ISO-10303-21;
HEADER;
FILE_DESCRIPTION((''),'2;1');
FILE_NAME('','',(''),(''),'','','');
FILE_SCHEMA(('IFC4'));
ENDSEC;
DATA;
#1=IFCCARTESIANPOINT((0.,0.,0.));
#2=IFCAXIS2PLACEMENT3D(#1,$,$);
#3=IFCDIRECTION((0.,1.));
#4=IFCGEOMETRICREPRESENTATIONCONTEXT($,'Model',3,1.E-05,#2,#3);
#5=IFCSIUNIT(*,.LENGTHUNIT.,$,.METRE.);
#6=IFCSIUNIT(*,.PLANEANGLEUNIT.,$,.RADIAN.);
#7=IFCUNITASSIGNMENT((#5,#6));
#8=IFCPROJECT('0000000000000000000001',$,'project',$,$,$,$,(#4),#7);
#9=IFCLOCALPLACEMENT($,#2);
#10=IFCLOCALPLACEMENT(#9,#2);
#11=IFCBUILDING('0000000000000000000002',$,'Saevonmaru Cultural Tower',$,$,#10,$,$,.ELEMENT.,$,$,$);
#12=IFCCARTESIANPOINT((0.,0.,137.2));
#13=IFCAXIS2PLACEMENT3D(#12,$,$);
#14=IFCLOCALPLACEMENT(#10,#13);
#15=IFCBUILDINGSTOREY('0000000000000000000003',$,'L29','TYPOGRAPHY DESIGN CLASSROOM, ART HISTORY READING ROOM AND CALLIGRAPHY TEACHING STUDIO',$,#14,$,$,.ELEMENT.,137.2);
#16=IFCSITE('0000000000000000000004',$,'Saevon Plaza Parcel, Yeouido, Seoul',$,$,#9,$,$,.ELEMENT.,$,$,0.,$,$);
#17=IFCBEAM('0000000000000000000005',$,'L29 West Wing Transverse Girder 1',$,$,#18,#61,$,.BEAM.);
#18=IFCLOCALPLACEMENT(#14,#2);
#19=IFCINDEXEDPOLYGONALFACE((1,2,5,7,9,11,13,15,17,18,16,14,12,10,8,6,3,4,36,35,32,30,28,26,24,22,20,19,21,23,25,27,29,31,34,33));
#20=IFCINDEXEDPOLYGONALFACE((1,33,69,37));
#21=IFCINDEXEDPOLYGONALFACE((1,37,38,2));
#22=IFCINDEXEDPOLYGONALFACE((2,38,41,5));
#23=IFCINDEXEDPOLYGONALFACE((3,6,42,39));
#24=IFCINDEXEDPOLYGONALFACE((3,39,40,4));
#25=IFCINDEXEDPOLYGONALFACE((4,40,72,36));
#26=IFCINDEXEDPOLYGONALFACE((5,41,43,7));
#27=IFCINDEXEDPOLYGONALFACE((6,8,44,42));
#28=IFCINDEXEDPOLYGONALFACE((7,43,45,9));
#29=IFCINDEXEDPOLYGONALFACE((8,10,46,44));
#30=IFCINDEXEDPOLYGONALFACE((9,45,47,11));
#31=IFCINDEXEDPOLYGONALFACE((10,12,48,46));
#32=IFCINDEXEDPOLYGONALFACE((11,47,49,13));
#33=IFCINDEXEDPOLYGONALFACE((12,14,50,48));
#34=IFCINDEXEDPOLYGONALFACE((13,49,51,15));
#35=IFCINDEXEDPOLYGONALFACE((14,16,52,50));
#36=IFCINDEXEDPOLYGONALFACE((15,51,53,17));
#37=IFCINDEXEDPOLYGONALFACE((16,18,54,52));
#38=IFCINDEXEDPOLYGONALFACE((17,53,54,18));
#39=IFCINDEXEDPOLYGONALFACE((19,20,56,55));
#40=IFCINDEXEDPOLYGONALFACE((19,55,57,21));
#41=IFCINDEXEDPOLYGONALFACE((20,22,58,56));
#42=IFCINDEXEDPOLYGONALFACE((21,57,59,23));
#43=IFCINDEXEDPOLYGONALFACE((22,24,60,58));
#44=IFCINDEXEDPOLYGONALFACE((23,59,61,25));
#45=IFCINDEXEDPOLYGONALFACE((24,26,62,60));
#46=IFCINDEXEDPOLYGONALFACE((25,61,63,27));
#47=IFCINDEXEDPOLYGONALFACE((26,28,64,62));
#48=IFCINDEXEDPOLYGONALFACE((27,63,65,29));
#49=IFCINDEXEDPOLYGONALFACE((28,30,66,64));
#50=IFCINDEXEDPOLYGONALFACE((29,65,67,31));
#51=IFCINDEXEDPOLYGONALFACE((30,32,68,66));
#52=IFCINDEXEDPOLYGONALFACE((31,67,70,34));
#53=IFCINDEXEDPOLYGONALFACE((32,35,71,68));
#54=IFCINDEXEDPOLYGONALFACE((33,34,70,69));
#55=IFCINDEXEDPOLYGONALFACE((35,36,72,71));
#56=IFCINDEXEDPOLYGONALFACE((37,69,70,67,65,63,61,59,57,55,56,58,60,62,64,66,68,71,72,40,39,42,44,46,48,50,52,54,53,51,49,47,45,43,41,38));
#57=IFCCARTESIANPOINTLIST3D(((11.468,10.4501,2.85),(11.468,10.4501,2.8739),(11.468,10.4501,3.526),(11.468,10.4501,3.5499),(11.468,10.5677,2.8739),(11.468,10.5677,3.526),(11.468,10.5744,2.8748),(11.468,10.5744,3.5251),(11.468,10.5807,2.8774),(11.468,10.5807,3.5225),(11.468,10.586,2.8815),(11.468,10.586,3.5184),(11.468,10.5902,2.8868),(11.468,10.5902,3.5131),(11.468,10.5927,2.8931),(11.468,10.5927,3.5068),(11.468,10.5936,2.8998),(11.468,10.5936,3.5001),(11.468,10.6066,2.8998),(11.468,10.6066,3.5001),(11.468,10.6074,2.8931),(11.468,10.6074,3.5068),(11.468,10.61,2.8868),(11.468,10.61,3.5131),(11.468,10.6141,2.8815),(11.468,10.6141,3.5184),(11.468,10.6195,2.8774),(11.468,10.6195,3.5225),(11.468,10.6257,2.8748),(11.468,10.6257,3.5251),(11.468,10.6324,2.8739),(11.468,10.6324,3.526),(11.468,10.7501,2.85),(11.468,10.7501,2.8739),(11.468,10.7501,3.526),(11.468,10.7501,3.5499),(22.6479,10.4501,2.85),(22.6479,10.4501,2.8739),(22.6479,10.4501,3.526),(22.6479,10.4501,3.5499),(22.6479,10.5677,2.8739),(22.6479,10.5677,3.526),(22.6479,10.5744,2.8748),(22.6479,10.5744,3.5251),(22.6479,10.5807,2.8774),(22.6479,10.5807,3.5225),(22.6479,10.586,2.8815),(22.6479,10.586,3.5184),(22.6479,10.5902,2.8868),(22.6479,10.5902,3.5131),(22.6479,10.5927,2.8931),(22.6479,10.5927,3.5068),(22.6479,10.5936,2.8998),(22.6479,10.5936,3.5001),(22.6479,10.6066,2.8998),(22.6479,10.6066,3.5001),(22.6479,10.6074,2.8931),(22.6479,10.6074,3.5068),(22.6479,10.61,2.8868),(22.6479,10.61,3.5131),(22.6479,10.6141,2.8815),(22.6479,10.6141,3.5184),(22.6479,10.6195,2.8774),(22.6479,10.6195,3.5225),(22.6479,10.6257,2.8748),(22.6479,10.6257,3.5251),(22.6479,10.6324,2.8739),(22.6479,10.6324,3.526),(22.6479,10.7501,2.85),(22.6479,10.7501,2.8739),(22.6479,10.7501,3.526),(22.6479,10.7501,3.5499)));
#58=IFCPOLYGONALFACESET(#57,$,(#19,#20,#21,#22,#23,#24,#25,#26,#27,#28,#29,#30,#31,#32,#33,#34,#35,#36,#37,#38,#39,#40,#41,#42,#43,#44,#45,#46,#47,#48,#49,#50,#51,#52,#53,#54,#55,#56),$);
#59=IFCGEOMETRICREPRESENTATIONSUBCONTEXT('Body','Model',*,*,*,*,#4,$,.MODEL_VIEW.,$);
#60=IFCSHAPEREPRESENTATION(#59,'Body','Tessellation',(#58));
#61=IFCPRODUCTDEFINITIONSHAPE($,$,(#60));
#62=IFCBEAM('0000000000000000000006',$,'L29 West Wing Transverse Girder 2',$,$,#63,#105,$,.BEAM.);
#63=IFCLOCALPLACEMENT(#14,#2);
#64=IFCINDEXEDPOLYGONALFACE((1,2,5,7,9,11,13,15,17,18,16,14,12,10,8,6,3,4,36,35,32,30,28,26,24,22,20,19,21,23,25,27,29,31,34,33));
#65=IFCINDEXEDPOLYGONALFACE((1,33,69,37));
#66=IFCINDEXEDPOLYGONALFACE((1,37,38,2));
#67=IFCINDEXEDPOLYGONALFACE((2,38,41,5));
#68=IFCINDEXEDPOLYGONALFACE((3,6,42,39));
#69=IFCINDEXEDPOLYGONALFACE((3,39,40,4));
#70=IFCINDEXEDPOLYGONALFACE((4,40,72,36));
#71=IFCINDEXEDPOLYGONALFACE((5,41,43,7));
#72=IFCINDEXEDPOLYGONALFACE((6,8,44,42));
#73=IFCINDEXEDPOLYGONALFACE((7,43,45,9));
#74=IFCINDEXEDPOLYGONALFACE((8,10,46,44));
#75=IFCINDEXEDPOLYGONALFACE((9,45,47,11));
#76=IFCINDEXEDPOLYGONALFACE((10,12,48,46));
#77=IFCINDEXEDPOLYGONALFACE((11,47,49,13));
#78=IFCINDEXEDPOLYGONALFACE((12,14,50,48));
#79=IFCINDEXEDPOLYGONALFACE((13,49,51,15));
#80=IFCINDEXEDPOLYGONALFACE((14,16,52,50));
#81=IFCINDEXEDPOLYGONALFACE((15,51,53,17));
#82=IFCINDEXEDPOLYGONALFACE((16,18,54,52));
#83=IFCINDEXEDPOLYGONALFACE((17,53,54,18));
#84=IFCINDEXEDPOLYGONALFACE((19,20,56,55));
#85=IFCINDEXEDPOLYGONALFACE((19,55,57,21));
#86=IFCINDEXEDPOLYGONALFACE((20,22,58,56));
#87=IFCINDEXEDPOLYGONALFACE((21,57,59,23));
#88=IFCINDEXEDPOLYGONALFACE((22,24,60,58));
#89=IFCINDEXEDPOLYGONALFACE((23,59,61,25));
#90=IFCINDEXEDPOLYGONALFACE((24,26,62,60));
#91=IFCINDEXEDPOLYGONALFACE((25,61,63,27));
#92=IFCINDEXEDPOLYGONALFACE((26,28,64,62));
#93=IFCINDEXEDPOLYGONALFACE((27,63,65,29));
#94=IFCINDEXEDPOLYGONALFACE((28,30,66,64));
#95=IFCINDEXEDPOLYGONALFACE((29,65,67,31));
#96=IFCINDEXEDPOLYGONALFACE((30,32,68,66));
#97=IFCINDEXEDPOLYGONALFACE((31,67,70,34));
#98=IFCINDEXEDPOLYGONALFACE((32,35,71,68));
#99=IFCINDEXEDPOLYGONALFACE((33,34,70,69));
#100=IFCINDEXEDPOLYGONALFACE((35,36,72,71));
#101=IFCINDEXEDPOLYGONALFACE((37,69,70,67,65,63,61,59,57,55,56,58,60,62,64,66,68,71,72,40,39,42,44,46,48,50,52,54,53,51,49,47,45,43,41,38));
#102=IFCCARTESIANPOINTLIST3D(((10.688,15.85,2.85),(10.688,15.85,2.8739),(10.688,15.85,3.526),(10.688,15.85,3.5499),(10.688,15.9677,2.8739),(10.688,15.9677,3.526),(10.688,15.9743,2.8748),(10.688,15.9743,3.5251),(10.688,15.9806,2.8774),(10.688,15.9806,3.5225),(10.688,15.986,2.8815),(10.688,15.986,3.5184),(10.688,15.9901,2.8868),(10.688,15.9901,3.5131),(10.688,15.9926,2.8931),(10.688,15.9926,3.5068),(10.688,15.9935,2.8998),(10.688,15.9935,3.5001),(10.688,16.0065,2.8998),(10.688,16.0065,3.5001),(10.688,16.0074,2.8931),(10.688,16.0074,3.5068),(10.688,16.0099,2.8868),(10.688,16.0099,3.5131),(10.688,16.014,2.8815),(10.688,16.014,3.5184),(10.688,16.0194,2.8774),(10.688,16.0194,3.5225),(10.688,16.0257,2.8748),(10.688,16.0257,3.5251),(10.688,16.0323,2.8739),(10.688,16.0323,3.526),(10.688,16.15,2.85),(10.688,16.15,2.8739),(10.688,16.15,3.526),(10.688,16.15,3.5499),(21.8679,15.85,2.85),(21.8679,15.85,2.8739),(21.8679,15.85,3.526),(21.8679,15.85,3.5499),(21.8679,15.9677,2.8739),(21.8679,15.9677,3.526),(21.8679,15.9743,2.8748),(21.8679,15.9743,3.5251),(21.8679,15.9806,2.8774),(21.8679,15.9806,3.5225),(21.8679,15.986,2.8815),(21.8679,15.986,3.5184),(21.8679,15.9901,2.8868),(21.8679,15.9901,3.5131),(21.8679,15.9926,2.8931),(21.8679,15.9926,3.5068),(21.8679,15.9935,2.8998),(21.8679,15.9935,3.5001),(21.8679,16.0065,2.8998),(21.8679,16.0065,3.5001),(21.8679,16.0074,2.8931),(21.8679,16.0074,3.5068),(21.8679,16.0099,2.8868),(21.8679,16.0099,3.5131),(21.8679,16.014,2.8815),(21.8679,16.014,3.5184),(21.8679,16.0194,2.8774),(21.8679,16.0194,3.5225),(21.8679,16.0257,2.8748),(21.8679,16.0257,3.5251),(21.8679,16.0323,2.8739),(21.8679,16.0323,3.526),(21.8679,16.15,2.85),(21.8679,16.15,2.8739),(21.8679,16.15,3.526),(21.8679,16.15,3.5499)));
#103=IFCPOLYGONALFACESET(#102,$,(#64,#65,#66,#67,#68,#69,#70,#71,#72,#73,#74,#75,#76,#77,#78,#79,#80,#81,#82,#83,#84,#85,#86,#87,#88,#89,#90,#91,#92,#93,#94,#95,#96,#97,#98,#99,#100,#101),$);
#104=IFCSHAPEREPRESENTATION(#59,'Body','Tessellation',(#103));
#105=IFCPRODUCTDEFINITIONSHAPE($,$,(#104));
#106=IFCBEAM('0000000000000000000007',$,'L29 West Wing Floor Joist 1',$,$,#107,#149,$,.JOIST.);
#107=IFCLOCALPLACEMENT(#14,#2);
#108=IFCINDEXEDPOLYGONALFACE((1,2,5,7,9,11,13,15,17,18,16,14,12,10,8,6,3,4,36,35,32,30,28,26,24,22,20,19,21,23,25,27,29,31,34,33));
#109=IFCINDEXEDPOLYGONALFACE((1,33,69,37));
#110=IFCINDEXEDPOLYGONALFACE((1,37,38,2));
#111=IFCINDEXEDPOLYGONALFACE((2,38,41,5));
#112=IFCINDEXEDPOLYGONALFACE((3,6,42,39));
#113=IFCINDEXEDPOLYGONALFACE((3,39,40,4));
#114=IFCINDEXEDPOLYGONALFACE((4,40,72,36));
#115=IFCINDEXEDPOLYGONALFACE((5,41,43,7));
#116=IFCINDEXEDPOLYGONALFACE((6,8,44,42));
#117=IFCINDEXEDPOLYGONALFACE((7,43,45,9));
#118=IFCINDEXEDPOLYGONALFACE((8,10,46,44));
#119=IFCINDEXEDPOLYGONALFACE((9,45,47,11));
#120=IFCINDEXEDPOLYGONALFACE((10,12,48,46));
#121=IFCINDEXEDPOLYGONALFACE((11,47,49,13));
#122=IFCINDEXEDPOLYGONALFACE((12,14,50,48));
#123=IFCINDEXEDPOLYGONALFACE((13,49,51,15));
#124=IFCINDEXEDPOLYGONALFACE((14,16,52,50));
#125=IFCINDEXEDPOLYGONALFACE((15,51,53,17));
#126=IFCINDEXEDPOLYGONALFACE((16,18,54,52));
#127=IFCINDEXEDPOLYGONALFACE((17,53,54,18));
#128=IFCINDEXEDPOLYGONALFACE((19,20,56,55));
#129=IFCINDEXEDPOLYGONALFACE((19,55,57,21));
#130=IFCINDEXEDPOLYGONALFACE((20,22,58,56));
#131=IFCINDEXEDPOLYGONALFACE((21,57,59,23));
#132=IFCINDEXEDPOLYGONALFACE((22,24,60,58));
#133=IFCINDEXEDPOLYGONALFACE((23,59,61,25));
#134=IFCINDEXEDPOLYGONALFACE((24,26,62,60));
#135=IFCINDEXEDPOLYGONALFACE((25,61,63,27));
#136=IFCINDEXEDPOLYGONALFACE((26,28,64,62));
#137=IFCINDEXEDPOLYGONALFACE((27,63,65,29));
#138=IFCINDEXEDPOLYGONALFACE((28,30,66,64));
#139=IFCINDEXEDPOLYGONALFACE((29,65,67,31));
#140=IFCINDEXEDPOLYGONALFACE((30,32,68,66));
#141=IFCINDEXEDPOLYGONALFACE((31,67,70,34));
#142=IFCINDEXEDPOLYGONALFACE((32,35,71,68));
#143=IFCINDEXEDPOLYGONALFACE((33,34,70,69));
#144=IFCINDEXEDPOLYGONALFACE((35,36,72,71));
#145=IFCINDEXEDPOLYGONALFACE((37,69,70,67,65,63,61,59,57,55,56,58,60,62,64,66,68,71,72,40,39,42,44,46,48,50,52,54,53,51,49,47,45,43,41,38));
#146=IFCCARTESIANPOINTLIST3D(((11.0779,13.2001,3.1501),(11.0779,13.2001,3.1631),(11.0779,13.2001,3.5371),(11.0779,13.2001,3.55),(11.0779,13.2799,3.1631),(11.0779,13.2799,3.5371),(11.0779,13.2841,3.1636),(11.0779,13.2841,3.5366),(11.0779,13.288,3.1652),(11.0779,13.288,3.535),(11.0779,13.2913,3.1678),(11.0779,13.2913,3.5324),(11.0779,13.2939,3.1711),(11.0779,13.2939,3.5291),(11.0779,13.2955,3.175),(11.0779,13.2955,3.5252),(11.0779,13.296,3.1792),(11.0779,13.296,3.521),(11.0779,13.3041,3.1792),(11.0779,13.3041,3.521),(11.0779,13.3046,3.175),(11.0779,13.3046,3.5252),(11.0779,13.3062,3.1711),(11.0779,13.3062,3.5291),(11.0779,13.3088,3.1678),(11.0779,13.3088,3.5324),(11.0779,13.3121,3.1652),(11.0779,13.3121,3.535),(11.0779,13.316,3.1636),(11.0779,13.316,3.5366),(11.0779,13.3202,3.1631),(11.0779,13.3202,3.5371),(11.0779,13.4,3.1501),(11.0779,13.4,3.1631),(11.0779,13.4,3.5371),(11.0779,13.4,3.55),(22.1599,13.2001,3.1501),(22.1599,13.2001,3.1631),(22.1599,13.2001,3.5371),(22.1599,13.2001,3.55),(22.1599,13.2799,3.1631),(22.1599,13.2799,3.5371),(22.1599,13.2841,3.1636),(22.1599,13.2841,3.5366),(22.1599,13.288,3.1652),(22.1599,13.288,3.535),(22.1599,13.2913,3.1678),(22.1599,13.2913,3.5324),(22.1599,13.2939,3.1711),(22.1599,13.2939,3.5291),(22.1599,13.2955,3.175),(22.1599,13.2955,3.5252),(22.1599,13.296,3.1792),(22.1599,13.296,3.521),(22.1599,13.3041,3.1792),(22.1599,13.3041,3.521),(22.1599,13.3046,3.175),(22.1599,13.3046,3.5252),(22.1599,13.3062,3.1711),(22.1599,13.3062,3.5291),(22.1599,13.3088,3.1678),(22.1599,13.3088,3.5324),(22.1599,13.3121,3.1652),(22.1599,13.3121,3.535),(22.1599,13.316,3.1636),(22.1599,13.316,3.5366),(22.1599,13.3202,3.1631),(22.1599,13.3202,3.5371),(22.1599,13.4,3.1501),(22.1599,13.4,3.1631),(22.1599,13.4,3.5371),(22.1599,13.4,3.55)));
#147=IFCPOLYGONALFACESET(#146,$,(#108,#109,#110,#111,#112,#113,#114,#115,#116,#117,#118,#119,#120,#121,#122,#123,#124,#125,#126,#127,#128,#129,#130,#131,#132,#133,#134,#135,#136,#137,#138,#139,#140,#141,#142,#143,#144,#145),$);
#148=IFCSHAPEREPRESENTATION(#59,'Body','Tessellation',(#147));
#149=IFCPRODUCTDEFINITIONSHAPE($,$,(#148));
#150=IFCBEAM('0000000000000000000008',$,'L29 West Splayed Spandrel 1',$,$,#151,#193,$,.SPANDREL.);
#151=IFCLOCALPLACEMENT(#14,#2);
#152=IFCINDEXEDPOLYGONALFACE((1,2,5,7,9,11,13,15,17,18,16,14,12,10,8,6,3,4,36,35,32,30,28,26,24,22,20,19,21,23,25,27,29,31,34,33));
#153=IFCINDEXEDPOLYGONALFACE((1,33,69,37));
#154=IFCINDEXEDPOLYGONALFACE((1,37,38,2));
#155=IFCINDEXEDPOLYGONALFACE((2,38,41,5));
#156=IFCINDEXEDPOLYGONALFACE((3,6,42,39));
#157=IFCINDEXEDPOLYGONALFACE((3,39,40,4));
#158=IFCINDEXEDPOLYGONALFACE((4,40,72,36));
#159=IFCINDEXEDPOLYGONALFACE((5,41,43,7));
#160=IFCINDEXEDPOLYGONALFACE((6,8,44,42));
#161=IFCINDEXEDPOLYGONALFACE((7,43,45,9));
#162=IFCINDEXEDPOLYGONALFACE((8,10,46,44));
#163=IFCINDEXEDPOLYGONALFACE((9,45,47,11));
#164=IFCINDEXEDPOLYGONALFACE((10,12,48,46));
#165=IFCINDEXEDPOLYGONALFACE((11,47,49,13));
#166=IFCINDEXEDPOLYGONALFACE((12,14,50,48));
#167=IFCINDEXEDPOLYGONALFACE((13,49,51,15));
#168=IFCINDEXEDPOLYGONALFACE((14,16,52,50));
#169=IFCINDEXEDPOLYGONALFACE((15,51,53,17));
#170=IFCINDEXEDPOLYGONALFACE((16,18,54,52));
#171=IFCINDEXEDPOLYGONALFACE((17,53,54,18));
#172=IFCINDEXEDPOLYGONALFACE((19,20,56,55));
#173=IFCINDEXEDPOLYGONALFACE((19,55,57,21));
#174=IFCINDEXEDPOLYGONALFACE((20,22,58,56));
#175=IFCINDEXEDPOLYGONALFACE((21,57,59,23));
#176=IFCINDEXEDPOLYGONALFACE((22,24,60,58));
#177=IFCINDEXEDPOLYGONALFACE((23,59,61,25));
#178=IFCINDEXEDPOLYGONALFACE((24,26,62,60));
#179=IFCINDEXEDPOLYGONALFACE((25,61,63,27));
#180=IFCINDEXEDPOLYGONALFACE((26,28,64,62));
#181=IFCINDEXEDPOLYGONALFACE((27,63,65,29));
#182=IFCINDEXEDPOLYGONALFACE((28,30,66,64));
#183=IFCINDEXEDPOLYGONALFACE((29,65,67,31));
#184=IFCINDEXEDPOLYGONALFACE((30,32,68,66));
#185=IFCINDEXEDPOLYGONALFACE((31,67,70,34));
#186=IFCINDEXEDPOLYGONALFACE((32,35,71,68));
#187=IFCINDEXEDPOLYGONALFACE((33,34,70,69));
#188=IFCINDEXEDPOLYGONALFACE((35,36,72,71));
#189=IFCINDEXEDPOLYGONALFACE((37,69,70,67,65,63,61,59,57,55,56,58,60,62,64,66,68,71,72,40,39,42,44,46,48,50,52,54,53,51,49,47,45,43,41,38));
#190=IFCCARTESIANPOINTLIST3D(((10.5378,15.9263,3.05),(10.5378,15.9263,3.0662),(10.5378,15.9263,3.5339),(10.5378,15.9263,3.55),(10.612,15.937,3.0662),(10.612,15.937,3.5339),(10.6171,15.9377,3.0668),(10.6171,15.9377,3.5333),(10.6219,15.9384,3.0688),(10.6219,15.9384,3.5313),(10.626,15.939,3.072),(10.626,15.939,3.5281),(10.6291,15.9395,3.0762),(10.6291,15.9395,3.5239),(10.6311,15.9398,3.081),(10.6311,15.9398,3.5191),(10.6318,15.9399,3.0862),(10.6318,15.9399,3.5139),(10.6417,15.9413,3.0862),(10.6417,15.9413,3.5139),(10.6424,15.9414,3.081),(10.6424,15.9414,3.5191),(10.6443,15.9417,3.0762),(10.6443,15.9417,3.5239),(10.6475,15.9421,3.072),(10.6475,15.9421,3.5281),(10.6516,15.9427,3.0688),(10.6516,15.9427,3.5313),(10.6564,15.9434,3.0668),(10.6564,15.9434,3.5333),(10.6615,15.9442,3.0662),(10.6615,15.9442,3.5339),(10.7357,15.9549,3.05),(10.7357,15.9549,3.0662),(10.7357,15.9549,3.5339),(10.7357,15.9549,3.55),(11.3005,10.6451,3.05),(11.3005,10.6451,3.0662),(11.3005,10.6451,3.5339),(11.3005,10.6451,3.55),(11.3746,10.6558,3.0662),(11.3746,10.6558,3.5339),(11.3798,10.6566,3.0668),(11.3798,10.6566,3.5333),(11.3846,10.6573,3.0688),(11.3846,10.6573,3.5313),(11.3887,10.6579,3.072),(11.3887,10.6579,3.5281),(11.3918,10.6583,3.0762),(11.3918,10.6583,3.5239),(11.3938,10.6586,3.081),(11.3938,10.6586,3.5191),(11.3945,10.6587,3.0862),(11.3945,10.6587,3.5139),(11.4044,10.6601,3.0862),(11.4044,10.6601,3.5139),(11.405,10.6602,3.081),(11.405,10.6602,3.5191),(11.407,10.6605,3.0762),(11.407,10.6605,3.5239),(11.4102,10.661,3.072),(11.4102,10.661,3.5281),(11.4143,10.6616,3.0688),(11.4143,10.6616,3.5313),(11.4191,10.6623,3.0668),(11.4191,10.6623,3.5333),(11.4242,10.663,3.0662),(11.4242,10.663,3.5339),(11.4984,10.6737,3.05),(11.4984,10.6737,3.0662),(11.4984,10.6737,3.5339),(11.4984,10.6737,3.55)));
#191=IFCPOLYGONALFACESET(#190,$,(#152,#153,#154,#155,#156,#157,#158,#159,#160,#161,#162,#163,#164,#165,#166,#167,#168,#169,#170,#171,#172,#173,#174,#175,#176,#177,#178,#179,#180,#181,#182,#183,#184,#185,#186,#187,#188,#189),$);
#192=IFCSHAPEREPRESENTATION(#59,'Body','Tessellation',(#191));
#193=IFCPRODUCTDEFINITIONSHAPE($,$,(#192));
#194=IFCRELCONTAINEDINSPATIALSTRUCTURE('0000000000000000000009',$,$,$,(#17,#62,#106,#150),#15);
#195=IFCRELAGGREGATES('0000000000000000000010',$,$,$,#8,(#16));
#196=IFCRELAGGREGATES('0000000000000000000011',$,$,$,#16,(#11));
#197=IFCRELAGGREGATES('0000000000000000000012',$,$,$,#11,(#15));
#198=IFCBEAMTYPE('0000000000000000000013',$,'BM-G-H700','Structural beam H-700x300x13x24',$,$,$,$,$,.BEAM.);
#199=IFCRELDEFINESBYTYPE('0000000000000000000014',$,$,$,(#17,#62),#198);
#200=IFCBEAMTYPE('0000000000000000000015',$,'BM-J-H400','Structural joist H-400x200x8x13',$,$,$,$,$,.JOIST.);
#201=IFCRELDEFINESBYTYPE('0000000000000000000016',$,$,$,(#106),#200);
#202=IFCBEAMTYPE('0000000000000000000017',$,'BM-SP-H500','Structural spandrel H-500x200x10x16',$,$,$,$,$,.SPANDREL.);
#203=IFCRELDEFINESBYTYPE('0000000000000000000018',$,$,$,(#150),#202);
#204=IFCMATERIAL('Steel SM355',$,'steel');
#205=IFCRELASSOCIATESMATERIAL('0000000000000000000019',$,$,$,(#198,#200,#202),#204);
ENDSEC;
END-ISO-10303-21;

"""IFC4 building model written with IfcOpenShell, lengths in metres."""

from ifc_helpers import new_model, si_unit, direction, frame, origin, origin_2d, place, context, subcontext, project, spatial, i_section, extrude, material, material_profile, profile_set, type_object, element, save


model = new_model("IFC4")

# Units and contexts
model_context = context("Model", 3, precision=1e-05, world=origin(), true_north=direction((0.0, 1.0)))
body_context = subcontext(model_context, "Body", "Model", "MODEL_VIEW")
ifc_project = project(units=[si_unit("LENGTHUNIT", "METRE"), si_unit("PLANEANGLEUNIT", "RADIAN")], contexts=[model_context])

# Site, building, storey
site_placement = place(None, origin())
site = spatial("IfcSite", under=ifc_project, at=site_placement, Name="Saevon Plaza Parcel, Yeouido, Seoul", CompositionType="ELEMENT", RefElevation=0.0)
building_placement = place(site_placement, origin())
building = spatial("IfcBuilding", under=site, at=building_placement, Name="Saevonmaru Cultural Tower", CompositionType="ELEMENT")
storey_placement = place(building_placement, frame((0.0, 0.0, 137.2)))
storey = spatial("IfcBuildingStorey", under=building, at=storey_placement, Name="L29", Description="TYPOGRAPHY DESIGN CLASSROOM, ART HISTORY READING ROOM AND CALLIGRAPHY TEACHING STUDIO", CompositionType="ELEMENT", Elevation=137.2)

# Shared definitions
ifc_material_1 = material(Name="Steel SM355", Category="steel")

# Beams
ifc_material_profile_1 = material_profile(ifc_material_1, i_section(OverallWidth=0.3, OverallDepth=0.7, WebThickness=0.0129, FlangeThickness=0.0239, FilletRadius=0.0259, at=origin_2d()), Name="H-700x300x13x24")
ifc_profile_set_1 = profile_set([ifc_material_profile_1], Name="Steel SM355")
beam_type_1 = type_object("IfcBeamType", Name="BM-G-H700", Description="Structural beam H-700x300x13x24", PredefinedType="BEAM", material=ifc_profile_set_1)
for number, where, z_axis, x_axis, name in (
    (1, (11.468, 10.6001, 3.2), (1.0, 0.0, 0.0), (0.0, 1.0, 0.0), "L29 West Wing Transverse Girder 1"),
    (2, (10.688, 16.0, 3.2), (1.0, 0.0, 0.0), (0.0, 1.0, 0.0), "L29 West Wing Transverse Girder 2"),
):
    element("IfcBeam", number, at=place(storey_placement, frame(where, z_axis=z_axis, x_axis=x_axis)), inside=storey, type_object=beam_type_1, Name=name, PredefinedType="BEAM", context=body_context, shape_type="SweptSolid", body=[
        extrude(i_section(OverallWidth=0.3, OverallDepth=0.7, WebThickness=0.0129, FlangeThickness=0.0239, FilletRadius=0.0259, at=origin_2d()), origin(), (0.0, 0.0, 1.0), 11.1799),
    ])
ifc_material_profile_2 = material_profile(ifc_material_1, i_section(OverallWidth=0.2, OverallDepth=0.3999, WebThickness=0.0081, FlangeThickness=0.0129, FilletRadius=0.0161, at=origin_2d()), Name="H-400x200x8x13")
ifc_profile_set_2 = profile_set([ifc_material_profile_2], Name="Steel SM355")
beam_type_2 = type_object("IfcBeamType", Name="BM-J-H400", Description="Structural joist H-400x200x8x13", PredefinedType="JOIST", material=ifc_profile_set_2)
beam_1_placement = place(storey_placement, frame((11.0779, 13.3, 3.3501), z_axis=(1.0, 0.0, 0.0), x_axis=(0.0, 1.0, 0.0)))
element("IfcBeam", 3, at=beam_1_placement, inside=storey, type_object=beam_type_2, Name="L29 West Wing Floor Joist 1", PredefinedType="JOIST", context=body_context, shape_type="SweptSolid", body=[
    extrude(i_section(OverallWidth=0.2, OverallDepth=0.3999, WebThickness=0.0081, FlangeThickness=0.0129, FilletRadius=0.0161, at=origin_2d()), origin(), (0.0, 0.0, 1.0), 11.082),
])
ifc_material_profile_3 = material_profile(ifc_material_1, i_section(OverallWidth=0.2, OverallDepth=0.5, WebThickness=0.01, FlangeThickness=0.0161, FilletRadius=0.02, at=origin_2d()), Name="H-500x200x10x16")
ifc_profile_set_3 = profile_set([ifc_material_profile_3], Name="Steel SM355")
beam_type_3 = type_object("IfcBeamType", Name="BM-SP-H500", Description="Structural spandrel H-500x200x10x16", PredefinedType="SPANDREL", material=ifc_profile_set_3)
beam_2_placement = place(storey_placement, frame((11.3994, 10.6594, 3.3), z_axis=(-0.142933, 0.989732, 0.0), x_axis=(-0.989732, -0.142933, 0.0)))
element("IfcBeam", 4, at=beam_2_placement, inside=storey, type_object=beam_type_3, Name="L29 West Splayed Spandrel 1", PredefinedType="SPANDREL", context=body_context, shape_type="SweptSolid", body=[
    extrude(i_section(OverallWidth=0.2, OverallDepth=0.5, WebThickness=0.01, FlangeThickness=0.0161, FilletRadius=0.02, at=origin_2d()), origin(), (0.0, 0.0, 1.0), 5.3359),
])

save(model, "model.ifc")
